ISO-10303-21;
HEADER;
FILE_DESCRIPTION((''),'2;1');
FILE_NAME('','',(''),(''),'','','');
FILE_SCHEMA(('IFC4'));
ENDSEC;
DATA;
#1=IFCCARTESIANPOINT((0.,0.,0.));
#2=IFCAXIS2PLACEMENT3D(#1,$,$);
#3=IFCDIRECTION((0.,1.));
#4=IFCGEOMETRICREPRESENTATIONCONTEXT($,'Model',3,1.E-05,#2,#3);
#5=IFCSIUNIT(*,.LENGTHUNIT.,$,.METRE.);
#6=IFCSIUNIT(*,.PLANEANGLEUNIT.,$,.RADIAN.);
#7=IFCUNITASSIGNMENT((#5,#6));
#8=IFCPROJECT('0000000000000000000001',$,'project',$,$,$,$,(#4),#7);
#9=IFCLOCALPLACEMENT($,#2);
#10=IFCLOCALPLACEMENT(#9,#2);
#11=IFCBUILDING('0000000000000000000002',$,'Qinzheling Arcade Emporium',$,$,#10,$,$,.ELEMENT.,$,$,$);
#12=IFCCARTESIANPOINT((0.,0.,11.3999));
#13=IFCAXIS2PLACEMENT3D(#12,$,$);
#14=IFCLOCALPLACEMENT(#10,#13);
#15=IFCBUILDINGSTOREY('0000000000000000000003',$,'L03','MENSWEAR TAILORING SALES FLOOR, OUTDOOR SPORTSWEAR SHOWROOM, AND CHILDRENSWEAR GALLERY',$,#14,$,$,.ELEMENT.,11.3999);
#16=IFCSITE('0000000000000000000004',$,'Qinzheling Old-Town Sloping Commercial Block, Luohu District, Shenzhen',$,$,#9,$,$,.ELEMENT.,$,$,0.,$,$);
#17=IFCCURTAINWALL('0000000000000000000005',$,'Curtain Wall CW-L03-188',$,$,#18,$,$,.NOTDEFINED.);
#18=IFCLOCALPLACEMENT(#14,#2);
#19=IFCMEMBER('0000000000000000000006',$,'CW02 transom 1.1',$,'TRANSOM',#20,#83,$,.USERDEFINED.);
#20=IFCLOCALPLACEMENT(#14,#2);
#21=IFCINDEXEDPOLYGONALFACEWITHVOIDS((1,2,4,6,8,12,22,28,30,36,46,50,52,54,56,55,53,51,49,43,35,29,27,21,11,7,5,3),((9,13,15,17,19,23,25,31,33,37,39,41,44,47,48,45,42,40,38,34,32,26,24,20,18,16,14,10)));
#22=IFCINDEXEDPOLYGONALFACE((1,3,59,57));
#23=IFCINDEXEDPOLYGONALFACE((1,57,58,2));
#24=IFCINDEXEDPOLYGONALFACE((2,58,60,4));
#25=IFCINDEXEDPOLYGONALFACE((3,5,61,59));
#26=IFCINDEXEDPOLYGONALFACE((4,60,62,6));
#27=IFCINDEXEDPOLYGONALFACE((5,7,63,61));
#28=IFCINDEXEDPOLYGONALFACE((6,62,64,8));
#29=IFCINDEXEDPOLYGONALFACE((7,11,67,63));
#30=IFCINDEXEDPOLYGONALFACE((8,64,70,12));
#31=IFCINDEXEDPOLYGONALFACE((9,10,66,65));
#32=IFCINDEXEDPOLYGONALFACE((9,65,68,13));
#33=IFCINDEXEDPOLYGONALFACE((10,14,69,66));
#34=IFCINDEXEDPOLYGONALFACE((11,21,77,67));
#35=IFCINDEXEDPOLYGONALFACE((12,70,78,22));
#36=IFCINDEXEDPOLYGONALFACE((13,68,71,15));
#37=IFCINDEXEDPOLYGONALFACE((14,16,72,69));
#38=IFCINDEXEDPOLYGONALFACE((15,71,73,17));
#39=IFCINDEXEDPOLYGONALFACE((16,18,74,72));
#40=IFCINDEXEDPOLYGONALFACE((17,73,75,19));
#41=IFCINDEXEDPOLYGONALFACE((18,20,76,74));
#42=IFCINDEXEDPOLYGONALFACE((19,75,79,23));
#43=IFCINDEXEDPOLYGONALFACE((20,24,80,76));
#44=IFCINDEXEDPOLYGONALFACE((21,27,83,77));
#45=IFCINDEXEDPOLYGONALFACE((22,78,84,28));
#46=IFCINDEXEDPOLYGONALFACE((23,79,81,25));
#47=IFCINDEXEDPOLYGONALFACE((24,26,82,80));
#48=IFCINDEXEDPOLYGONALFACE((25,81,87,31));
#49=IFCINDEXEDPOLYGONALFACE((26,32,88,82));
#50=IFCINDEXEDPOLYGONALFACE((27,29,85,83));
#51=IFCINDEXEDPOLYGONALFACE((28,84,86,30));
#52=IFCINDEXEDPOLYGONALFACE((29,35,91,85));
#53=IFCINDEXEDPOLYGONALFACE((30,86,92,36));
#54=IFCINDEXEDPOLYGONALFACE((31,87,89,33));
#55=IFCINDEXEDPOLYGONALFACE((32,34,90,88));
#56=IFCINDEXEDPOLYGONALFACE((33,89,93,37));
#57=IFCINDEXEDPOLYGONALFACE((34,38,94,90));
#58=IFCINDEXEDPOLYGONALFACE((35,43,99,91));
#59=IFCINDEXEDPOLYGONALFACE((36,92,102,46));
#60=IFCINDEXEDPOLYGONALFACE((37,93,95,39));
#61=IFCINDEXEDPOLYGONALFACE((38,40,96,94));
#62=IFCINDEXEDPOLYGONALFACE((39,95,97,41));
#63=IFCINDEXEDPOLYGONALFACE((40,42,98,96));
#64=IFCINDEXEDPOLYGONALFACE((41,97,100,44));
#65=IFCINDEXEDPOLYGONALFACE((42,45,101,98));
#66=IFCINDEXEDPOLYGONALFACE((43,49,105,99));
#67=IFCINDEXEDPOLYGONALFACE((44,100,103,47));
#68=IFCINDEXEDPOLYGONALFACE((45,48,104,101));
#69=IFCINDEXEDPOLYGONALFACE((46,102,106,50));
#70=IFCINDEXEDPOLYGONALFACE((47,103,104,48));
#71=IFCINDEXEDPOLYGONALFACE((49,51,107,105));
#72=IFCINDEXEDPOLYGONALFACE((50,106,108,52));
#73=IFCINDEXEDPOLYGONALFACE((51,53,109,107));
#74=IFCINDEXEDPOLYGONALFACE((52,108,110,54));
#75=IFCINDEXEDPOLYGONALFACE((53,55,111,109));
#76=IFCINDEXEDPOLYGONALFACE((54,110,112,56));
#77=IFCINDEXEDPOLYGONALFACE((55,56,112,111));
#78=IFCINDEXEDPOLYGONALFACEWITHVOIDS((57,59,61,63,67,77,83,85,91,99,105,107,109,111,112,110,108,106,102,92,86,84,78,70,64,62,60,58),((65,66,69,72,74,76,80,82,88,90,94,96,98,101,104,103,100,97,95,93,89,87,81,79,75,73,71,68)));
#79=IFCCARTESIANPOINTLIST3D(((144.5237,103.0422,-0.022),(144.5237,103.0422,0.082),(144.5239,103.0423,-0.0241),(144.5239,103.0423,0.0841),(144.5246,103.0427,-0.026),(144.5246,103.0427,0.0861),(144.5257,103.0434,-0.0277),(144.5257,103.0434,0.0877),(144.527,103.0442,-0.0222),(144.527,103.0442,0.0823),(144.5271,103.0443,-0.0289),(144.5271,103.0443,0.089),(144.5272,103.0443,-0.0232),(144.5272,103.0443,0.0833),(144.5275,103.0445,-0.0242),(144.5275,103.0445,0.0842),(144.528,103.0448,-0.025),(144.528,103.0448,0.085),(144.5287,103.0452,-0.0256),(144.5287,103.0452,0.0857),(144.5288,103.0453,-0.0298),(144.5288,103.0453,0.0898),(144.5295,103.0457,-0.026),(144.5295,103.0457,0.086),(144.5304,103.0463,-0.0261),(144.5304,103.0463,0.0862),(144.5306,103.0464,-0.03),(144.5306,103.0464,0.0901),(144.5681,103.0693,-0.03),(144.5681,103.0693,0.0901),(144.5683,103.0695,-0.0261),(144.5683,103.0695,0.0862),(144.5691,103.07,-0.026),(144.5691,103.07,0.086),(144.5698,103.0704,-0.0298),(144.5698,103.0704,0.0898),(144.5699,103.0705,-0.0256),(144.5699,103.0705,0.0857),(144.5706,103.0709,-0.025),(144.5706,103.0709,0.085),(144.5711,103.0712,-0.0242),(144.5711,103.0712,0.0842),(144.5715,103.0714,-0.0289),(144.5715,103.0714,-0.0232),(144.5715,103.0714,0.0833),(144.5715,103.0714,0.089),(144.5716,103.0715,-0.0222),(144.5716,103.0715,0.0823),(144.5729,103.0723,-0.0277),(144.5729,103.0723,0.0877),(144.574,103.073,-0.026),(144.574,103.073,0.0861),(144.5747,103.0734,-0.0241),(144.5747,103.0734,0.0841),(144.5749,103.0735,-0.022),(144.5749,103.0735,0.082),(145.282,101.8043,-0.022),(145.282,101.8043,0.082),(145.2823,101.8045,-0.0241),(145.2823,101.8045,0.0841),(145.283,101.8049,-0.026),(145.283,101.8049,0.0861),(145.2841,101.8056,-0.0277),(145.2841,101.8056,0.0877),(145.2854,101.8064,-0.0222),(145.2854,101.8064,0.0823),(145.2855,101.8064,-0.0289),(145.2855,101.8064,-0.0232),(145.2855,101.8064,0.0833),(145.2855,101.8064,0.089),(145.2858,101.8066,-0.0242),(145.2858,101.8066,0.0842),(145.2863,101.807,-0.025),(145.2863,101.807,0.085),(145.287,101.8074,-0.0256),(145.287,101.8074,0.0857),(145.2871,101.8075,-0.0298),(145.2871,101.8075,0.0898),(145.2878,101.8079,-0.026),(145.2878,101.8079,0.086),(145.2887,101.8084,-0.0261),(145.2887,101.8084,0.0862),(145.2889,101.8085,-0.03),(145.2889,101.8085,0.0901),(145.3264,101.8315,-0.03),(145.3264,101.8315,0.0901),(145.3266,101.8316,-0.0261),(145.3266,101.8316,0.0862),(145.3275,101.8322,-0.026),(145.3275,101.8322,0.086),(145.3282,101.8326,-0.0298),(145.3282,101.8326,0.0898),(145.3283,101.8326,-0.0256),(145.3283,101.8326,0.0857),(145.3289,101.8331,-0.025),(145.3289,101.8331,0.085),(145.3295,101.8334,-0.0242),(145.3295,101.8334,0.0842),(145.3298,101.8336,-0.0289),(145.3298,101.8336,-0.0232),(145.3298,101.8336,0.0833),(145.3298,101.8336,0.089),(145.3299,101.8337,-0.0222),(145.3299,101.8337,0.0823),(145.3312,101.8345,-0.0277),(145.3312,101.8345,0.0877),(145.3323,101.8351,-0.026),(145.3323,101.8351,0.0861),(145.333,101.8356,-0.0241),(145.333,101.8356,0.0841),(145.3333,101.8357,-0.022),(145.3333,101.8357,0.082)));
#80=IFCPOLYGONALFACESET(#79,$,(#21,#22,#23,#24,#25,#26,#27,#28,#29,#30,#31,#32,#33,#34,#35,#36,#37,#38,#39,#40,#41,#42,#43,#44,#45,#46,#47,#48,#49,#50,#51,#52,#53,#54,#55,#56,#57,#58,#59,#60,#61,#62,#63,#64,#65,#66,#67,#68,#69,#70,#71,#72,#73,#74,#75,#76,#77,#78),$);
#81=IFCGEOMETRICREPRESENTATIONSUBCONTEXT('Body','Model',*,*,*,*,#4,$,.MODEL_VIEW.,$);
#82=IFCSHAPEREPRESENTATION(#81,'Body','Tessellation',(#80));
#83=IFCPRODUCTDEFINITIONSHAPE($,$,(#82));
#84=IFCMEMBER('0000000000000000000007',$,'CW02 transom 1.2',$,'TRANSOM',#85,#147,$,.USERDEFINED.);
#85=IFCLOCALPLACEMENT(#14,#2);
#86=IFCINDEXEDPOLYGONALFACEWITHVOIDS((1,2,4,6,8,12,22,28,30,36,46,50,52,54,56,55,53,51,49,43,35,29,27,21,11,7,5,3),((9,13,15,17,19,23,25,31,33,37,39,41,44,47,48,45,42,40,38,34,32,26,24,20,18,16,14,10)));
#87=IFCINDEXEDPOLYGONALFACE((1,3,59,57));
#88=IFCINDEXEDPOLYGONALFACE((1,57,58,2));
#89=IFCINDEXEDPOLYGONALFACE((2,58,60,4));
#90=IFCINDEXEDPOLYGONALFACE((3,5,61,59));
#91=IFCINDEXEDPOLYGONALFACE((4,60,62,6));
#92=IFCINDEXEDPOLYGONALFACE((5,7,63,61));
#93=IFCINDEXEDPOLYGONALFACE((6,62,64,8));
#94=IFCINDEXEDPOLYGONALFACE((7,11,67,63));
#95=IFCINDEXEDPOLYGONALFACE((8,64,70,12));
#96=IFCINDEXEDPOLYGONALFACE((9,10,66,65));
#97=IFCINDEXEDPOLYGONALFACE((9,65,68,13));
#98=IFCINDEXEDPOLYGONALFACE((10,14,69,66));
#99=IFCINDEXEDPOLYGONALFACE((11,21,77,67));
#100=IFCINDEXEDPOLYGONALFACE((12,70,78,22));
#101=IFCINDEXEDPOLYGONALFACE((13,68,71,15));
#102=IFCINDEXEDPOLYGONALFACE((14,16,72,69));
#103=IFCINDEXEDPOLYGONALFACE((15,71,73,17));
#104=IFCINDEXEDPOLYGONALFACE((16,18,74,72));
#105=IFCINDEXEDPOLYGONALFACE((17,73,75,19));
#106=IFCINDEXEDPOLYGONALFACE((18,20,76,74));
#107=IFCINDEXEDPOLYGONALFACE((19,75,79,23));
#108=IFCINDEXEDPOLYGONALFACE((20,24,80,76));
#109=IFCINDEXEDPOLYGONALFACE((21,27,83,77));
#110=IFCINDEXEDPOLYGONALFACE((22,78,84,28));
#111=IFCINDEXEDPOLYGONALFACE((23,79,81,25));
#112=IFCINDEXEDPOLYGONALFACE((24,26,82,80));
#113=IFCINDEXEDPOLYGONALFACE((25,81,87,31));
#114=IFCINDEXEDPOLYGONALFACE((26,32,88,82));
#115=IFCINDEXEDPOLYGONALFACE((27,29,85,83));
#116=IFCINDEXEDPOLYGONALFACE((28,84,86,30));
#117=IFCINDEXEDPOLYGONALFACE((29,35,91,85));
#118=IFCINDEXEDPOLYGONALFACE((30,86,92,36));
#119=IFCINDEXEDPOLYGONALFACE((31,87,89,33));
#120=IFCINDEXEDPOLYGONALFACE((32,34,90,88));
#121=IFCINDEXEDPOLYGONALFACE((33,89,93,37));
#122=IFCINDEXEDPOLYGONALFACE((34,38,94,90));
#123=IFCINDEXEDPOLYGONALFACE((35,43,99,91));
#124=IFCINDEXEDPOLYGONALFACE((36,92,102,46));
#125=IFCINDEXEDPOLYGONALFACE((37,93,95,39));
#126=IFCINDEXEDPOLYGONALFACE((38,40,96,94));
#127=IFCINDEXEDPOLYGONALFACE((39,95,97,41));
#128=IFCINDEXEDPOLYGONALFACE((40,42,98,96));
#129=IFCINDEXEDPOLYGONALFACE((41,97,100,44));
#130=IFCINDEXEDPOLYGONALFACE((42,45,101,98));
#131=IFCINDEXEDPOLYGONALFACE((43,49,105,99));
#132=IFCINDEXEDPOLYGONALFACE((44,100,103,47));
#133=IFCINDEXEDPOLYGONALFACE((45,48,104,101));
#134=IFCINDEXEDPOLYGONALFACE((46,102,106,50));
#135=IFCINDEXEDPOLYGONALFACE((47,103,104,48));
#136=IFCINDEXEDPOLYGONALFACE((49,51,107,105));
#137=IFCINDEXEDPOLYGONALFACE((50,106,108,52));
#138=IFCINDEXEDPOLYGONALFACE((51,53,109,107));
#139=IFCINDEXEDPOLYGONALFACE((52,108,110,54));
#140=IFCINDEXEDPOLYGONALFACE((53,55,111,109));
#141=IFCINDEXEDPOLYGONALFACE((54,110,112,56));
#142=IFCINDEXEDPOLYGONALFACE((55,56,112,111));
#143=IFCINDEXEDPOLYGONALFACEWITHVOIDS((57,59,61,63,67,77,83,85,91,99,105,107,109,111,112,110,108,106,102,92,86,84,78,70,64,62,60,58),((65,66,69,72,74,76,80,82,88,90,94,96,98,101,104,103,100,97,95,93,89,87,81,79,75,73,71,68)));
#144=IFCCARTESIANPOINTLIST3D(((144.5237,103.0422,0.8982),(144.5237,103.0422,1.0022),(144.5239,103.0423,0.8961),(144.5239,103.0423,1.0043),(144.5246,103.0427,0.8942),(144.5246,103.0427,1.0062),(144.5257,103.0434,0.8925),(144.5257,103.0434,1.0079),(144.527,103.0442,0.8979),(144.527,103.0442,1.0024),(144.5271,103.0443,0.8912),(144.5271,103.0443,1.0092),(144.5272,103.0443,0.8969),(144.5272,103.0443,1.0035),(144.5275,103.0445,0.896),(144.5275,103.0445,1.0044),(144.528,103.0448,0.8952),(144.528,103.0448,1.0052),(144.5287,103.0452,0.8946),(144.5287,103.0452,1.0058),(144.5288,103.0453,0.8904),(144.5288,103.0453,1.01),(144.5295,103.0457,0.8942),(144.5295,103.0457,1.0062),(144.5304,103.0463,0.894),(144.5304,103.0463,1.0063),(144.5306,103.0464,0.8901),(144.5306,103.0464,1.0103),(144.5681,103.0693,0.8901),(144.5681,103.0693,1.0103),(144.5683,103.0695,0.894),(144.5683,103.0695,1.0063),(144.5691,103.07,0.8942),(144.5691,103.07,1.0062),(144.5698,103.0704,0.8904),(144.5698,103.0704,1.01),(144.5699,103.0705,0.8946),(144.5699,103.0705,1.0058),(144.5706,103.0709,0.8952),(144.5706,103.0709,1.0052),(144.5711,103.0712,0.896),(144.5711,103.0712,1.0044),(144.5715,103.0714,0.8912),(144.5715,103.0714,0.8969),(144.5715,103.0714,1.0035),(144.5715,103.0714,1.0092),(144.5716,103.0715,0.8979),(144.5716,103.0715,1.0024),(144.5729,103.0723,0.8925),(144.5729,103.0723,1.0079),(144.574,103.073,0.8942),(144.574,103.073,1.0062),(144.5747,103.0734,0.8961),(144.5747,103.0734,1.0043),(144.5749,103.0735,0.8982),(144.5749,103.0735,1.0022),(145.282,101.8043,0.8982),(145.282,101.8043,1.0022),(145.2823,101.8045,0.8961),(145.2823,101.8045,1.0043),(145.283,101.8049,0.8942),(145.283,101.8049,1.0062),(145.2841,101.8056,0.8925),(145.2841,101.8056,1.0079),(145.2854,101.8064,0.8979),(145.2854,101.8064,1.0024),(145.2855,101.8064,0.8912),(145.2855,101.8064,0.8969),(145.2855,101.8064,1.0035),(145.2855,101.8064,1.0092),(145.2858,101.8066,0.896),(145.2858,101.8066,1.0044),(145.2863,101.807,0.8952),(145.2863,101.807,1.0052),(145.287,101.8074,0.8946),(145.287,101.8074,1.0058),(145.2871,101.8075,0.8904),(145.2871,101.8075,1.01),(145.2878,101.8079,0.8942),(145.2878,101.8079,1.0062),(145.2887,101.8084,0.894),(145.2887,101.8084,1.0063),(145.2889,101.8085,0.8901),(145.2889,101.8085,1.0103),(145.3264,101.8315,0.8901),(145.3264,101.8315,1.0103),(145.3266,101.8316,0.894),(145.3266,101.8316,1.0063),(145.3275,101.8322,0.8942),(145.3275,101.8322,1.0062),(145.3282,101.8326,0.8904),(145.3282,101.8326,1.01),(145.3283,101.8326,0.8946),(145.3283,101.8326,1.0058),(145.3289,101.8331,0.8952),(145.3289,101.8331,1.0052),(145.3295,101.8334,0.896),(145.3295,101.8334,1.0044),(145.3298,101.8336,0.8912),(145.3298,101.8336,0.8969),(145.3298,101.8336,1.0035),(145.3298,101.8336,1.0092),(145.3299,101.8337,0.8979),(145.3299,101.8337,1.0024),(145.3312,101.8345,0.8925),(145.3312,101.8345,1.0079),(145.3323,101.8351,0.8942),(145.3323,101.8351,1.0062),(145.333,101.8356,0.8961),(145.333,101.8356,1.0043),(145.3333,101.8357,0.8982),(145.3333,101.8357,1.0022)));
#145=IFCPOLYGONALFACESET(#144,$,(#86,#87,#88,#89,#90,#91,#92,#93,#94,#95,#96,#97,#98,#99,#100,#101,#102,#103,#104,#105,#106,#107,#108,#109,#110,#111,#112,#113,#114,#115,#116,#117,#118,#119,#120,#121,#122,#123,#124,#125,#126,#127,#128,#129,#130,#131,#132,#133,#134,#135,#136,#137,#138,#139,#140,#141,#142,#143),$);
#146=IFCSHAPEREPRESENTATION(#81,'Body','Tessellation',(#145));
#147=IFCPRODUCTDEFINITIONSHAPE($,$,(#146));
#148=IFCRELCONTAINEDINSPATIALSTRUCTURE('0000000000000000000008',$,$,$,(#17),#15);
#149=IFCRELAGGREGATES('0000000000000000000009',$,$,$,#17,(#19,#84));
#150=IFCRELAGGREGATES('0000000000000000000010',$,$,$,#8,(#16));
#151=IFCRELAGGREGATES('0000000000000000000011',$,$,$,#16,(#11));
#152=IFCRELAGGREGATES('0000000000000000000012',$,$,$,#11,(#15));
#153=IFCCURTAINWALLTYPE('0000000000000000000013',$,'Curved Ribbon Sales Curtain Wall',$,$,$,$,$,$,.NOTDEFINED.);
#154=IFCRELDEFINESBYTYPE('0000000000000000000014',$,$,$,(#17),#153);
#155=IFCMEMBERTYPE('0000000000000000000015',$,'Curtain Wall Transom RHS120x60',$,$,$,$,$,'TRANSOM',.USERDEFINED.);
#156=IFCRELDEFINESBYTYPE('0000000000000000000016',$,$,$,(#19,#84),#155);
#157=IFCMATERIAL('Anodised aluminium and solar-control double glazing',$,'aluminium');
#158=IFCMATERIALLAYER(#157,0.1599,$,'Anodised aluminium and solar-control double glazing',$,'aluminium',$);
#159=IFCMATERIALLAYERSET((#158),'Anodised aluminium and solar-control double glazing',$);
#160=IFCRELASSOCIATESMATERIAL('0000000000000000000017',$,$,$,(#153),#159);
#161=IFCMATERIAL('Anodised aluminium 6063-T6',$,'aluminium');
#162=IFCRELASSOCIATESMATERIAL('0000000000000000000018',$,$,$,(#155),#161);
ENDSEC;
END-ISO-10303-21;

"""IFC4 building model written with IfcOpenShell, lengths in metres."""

from ifc_helpers import new_model, si_unit, direction, frame, origin, origin_2d, place, context, subcontext, project, spatial, hollow_rectangle, extrude, material, layer, layer_set, material_profile, profile_set, type_object, element, aggregate, save


model = new_model("IFC4")

# Units and contexts
model_context = context("Model", 3, precision=1e-05, world=origin(), true_north=direction((0.0, 1.0)))
body_context = subcontext(model_context, "Body", "Model", "MODEL_VIEW")
ifc_project = project(units=[si_unit("LENGTHUNIT", "METRE"), si_unit("PLANEANGLEUNIT", "RADIAN")], contexts=[model_context])

# Site, building, storey
site_placement = place(None, origin())
site = spatial("IfcSite", under=ifc_project, at=site_placement, Name="Qinzheling Old-Town Sloping Commercial Block, Luohu District, Shenzhen", CompositionType="ELEMENT", RefElevation=0.0)
building_placement = place(site_placement, origin())
building = spatial("IfcBuilding", under=site, at=building_placement, Name="Qinzheling Arcade Emporium", CompositionType="ELEMENT")
storey_placement = place(building_placement, frame((0.0, 0.0, 11.3999)))
storey = spatial("IfcBuildingStorey", under=building, at=storey_placement, Name="L03", Description="MENSWEAR TAILORING SALES FLOOR, OUTDOOR SPORTSWEAR SHOWROOM, AND CHILDRENSWEAR GALLERY", CompositionType="ELEMENT", Elevation=11.3999)

# Curtain wall
ifc_material_1 = material(Name="Anodised aluminium and solar-control double glazing", Category="aluminium")
ifc_layer_1 = layer(ifc_material_1, 0.1599, Name="Anodised aluminium and solar-control double glazing", Category="aluminium")
ifc_layer_set_1 = layer_set([ifc_layer_1], Name="Anodised aluminium and solar-control double glazing")
curtain_wall_type = type_object("IfcCurtainWallType", Name="Curved Ribbon Sales Curtain Wall", PredefinedType="NOTDEFINED", material=ifc_layer_set_1)
ifc_material_2 = material(Name="Anodised aluminium 6063-T6", Category="aluminium")
curtain_wall_1_placement = place(storey_placement, origin())
curtain_wall_1 = element("IfcCurtainWall", 1, at=curtain_wall_1_placement, inside=storey, type_object=curtain_wall_type, Name="Curtain Wall CW-L03-188", PredefinedType="NOTDEFINED")

# Members
ifc_material_profile_1 = material_profile(ifc_material_2, hollow_rectangle(XDim=0.0601, YDim=0.1201, WallThickness=0.0039, InnerFilletRadius=0.0039, OuterFilletRadius=0.0081, at=origin_2d()), Name="RHS 120x60x4", Category="aluminium")
ifc_profile_set_1 = profile_set([ifc_material_profile_1], Name="Anodised aluminium 6063-T6")
member_type_1 = type_object("IfcMemberType", Name="Curtain Wall Transom RHS120x60", ElementType="TRANSOM", PredefinedType="USERDEFINED", material=ifc_profile_set_1)
member_1_placement = place(storey_placement, frame((144.5493, 103.0579, 0.03), z_axis=(0.522389, -0.852708, 0.0), x_axis=(0.852708, 0.522389, 0.0)))
member_1 = element("IfcMember", 2, at=member_1_placement, type_object=member_type_1, Name="CW02 transom 1.1", ObjectType="TRANSOM", PredefinedType="USERDEFINED", context=body_context, shape_type="SweptSolid", body=[
    extrude(hollow_rectangle(XDim=0.0601, YDim=0.1201, WallThickness=0.0039, InnerFilletRadius=0.0039, OuterFilletRadius=0.0081, at=origin_2d()), origin(), (0.0, 0.0, 1.0), 1.4517),
])
member_2_placement = place(storey_placement, frame((144.5493, 103.0579, 0.9502), z_axis=(0.522389, -0.852708, 0.0), x_axis=(0.852708, 0.522389, 0.0)))
member_2 = element("IfcMember", 3, at=member_2_placement, type_object=member_type_1, Name="CW02 transom 1.2", ObjectType="TRANSOM", PredefinedType="USERDEFINED", context=body_context, shape_type="SweptSolid", body=[
    extrude(hollow_rectangle(XDim=0.0601, YDim=0.1201, WallThickness=0.0039, InnerFilletRadius=0.0039, OuterFilletRadius=0.0081, at=origin_2d()), origin(), (0.0, 0.0, 1.0), 1.4517),
])

aggregate(curtain_wall_1, [member_1, member_2])

save(model, "model.ifc")
